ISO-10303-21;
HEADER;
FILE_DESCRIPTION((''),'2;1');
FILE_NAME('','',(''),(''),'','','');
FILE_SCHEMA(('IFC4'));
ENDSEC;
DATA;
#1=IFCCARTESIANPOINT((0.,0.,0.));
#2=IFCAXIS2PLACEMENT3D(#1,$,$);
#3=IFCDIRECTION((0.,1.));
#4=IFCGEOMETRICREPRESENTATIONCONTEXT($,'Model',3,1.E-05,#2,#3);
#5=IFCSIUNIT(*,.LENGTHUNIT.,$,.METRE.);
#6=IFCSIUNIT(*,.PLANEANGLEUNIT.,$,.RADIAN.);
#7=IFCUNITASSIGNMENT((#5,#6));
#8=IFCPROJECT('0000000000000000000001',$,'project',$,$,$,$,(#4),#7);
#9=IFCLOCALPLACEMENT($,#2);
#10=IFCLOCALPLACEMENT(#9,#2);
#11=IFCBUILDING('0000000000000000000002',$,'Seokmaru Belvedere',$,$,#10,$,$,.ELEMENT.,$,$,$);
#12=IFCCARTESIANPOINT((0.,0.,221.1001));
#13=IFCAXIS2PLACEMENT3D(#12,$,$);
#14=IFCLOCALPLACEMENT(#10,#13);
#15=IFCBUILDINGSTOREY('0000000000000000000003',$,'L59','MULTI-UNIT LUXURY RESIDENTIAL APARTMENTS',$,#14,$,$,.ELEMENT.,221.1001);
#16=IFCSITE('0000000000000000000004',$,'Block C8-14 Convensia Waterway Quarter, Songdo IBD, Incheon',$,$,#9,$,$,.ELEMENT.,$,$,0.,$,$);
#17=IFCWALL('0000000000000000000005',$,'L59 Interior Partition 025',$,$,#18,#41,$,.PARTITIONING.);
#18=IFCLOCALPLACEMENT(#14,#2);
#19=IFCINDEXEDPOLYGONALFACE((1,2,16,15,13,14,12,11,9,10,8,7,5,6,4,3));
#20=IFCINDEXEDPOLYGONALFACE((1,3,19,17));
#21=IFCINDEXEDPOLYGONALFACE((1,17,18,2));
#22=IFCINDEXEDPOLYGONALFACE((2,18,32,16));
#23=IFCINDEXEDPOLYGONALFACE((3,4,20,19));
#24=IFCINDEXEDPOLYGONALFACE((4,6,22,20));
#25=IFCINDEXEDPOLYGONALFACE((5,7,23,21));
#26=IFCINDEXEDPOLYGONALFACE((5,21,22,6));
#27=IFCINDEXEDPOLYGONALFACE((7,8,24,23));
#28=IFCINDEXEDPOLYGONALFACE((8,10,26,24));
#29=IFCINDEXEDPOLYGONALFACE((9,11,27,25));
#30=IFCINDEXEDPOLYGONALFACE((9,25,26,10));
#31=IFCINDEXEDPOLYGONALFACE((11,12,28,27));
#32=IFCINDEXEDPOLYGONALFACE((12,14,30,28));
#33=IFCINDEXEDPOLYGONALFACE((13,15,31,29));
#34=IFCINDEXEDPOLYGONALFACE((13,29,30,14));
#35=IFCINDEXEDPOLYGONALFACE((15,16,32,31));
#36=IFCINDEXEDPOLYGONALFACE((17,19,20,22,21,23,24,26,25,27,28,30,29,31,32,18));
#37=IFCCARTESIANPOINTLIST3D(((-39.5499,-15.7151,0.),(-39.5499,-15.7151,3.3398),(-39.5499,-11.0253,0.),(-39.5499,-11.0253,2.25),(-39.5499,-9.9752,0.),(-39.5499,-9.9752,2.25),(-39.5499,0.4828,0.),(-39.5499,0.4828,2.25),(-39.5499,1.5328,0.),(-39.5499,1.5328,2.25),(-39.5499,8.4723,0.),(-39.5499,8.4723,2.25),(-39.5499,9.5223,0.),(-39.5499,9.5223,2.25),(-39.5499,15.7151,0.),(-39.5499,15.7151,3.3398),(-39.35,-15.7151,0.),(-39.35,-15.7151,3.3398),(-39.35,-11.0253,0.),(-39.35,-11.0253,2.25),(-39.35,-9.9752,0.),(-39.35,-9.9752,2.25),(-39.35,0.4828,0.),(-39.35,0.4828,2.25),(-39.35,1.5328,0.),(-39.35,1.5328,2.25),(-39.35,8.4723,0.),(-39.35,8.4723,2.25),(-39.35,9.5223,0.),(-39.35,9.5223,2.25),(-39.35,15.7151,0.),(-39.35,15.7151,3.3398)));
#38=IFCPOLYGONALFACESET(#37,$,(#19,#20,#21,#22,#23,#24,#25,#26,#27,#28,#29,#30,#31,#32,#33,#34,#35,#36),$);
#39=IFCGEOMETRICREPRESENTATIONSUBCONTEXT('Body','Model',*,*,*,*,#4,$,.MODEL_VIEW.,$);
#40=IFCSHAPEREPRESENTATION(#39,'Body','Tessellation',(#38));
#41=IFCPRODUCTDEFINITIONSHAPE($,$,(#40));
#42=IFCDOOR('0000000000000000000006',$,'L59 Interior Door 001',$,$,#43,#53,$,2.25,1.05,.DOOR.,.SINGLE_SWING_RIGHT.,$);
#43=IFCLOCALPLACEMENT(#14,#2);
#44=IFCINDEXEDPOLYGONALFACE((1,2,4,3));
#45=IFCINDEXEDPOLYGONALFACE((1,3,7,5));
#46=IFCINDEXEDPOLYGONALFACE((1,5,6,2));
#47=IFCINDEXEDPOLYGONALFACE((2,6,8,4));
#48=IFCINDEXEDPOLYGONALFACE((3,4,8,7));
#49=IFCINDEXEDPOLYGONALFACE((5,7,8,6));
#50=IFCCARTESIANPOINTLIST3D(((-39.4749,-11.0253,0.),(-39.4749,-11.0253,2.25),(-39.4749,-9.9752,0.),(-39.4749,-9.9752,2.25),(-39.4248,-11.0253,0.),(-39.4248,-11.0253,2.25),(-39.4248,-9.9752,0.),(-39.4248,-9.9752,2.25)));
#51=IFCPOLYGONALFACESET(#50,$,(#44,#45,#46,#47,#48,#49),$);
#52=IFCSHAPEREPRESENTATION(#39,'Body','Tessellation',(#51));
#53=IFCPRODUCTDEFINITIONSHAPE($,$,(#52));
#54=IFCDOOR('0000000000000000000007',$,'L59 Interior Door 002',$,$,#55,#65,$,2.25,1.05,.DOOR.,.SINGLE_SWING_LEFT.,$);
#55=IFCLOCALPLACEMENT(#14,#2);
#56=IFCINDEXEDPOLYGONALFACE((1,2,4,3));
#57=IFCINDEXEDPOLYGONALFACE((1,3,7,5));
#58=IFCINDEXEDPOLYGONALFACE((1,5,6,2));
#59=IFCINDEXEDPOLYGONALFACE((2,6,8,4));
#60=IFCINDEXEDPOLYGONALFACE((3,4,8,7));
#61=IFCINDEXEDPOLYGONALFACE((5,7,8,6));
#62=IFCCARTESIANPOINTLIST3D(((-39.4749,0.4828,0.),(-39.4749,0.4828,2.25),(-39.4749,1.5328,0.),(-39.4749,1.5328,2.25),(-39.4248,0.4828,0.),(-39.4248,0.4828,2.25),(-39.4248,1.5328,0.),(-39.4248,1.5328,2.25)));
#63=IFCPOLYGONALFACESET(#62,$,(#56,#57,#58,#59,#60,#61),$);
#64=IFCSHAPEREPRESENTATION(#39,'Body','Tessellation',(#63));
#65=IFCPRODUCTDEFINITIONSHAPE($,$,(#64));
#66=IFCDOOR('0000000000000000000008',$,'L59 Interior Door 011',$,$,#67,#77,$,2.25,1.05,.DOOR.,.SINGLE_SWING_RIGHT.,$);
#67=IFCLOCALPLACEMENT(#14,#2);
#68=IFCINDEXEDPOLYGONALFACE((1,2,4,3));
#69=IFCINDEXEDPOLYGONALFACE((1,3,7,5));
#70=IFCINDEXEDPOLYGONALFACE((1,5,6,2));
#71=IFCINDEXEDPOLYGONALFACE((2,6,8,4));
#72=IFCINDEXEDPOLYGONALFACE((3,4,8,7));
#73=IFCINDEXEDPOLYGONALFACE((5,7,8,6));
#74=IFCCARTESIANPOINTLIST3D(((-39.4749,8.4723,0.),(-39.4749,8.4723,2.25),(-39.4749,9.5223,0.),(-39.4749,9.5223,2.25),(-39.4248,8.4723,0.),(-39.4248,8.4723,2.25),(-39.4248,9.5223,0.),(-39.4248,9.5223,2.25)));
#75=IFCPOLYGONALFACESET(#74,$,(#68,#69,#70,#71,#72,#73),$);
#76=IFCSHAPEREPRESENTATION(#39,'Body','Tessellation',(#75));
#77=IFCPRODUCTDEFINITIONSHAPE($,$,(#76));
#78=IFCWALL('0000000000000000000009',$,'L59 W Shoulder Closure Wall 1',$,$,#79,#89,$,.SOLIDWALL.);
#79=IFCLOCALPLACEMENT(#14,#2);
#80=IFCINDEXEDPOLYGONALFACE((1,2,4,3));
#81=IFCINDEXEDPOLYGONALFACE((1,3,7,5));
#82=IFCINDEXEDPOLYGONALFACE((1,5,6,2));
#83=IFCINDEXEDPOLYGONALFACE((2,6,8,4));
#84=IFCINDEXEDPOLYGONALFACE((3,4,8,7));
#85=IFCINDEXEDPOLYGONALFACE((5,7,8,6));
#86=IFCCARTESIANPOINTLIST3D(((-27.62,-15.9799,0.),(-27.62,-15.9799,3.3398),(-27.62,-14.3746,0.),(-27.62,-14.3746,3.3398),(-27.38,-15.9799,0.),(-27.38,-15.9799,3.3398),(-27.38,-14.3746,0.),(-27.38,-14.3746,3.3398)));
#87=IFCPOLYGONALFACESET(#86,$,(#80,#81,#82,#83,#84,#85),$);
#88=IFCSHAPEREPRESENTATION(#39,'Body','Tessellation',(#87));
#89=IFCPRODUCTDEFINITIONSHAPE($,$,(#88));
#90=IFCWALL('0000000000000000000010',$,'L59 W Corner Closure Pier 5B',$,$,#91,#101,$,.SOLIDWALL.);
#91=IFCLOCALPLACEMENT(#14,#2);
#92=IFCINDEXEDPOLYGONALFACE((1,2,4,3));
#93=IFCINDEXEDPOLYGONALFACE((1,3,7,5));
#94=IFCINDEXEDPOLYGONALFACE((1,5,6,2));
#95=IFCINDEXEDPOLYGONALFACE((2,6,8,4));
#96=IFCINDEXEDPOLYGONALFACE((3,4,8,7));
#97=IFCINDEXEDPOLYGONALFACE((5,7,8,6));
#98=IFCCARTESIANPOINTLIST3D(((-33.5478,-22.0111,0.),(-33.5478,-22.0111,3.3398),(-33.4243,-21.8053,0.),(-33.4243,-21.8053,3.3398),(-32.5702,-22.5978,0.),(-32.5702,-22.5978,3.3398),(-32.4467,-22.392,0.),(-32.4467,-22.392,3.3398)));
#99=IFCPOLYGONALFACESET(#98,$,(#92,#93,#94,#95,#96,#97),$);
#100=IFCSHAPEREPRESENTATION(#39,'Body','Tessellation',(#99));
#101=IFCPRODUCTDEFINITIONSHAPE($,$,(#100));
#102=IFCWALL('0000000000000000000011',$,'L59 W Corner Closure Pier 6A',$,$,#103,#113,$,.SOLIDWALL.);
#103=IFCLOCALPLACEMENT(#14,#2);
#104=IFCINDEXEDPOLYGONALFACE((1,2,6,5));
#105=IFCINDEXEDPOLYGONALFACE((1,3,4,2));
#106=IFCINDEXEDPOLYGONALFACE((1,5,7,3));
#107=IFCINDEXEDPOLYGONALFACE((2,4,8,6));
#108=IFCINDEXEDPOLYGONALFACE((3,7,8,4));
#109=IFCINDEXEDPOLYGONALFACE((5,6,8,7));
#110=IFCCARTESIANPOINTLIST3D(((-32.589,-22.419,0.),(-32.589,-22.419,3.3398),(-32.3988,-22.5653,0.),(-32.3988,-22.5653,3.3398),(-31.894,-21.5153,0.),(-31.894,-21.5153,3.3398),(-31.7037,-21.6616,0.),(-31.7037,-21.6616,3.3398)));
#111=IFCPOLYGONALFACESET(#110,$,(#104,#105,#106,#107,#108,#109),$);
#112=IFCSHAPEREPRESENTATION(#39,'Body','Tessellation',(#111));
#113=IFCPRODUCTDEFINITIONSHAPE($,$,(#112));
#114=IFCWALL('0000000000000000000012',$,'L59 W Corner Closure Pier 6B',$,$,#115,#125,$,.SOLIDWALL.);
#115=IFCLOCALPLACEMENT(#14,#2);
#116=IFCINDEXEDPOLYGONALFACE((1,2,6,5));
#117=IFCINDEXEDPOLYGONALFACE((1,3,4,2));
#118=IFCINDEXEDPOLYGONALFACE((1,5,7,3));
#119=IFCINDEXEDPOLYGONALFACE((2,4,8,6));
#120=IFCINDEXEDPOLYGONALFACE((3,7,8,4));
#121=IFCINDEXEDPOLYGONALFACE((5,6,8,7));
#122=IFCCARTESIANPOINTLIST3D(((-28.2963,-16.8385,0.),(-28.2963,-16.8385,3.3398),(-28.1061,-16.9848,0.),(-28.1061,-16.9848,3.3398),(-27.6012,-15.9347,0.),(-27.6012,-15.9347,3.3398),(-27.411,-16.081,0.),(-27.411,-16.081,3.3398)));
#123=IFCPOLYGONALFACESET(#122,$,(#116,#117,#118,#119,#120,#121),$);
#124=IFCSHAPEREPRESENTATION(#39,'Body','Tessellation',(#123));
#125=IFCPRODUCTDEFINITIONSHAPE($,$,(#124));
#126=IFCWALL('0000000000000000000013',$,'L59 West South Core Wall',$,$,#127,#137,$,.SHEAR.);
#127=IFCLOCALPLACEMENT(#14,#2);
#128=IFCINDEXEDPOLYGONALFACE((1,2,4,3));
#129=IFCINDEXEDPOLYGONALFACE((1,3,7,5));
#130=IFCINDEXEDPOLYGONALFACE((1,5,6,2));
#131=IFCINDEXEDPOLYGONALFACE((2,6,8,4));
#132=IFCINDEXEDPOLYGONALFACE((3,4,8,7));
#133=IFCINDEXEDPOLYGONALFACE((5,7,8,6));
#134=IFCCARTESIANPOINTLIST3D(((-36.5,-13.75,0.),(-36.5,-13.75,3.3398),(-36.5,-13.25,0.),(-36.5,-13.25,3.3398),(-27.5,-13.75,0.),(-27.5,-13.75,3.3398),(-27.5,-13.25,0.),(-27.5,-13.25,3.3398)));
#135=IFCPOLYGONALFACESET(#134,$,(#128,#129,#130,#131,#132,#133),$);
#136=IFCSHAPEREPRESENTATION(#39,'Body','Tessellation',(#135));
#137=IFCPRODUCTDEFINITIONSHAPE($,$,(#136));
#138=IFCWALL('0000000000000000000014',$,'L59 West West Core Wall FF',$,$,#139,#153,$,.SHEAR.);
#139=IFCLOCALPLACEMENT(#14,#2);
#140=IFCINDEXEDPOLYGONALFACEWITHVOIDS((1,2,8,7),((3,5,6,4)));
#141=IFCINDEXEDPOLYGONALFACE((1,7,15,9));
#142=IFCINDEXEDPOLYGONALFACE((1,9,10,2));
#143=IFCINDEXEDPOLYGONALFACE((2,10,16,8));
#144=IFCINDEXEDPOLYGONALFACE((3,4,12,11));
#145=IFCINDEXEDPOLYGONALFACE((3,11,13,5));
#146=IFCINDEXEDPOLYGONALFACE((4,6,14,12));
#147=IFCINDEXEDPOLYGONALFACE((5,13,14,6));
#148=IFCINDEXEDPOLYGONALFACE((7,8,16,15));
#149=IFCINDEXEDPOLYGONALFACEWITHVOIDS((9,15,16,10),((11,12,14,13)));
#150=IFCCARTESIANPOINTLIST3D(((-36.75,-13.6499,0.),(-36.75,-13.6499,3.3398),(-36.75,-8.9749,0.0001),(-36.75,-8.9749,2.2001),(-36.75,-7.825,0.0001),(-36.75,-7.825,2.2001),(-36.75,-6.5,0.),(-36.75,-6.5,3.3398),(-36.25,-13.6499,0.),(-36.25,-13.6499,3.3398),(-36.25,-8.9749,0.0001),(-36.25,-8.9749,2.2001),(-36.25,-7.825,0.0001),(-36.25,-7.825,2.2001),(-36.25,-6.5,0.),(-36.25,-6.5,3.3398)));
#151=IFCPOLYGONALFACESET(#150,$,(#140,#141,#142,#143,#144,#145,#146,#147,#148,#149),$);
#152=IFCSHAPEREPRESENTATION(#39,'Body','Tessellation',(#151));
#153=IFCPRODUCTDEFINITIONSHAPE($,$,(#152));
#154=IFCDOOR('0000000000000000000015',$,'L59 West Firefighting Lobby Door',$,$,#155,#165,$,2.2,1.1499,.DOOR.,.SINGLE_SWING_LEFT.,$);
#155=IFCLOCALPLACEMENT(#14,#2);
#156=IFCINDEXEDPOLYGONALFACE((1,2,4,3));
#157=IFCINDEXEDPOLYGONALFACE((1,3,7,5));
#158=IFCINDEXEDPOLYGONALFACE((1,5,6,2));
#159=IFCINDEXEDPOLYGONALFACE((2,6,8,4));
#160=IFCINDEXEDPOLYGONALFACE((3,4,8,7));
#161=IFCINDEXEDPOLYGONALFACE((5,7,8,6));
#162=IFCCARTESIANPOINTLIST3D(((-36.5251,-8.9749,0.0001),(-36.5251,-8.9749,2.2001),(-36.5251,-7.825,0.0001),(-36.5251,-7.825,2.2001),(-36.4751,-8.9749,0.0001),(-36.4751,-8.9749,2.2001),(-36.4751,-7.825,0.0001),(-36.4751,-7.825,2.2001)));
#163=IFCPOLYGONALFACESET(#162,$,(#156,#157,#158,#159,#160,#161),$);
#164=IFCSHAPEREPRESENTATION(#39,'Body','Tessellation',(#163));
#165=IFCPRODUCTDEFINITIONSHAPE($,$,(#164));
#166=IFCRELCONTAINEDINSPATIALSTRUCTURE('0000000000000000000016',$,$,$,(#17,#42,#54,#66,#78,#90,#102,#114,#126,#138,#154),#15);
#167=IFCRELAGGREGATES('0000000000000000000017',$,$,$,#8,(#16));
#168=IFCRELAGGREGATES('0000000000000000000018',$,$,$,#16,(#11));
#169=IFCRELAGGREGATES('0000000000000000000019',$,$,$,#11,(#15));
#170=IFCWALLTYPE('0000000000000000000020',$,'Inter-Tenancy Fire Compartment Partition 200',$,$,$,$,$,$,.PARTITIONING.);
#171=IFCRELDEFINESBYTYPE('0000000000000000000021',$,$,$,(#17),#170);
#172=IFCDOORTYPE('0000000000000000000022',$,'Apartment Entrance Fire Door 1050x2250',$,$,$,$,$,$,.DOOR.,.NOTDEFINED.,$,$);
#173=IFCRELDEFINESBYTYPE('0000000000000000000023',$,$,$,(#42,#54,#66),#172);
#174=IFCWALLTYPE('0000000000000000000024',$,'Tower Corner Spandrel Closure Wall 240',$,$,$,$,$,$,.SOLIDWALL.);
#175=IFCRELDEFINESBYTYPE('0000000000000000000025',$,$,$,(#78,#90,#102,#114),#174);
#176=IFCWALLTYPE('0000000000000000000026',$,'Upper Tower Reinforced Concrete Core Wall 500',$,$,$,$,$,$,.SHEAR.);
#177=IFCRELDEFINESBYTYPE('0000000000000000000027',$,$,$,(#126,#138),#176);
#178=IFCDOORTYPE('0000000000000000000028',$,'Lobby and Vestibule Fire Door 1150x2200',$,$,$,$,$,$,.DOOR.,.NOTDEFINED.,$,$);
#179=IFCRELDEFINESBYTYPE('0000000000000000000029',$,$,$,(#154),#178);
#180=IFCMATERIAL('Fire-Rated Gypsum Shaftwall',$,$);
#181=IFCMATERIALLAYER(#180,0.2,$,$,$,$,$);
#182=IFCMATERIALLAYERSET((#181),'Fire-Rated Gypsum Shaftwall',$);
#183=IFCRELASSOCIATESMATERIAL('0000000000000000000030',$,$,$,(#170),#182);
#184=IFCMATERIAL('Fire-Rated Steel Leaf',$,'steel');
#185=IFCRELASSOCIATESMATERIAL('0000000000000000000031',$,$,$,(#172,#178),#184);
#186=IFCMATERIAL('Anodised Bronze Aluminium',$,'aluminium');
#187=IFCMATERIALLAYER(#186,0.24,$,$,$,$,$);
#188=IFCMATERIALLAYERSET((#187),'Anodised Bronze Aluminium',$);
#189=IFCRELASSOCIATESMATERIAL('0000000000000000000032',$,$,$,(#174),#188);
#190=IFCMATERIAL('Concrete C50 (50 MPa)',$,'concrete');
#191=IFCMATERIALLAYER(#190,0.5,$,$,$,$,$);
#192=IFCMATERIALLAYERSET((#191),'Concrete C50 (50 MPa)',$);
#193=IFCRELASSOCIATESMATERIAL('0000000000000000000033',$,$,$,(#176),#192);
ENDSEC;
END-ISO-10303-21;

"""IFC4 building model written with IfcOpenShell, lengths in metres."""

from ifc_helpers import new_model, si_unit, direction, frame, frame_2d, origin, place, context, subcontext, project, spatial, rectangle, extrude, source, transform, mapped, material, layer, layer_set, type_object, type_shapes, element, fill, save


model = new_model("IFC4")

# Units and contexts
model_context = context("Model", 3, precision=1e-05, world=origin(), true_north=direction((0.0, 1.0)))
body_context = subcontext(model_context, "Body", "Model", "MODEL_VIEW")
ifc_project = project(units=[si_unit("LENGTHUNIT", "METRE"), si_unit("PLANEANGLEUNIT", "RADIAN")], contexts=[model_context])

# Site, building, storey
site_placement = place(None, origin())
site = spatial("IfcSite", under=ifc_project, at=site_placement, Name="Block C8-14 Convensia Waterway Quarter, Songdo IBD, Incheon", CompositionType="ELEMENT", RefElevation=0.0)
building_placement = place(site_placement, origin())
building = spatial("IfcBuilding", under=site, at=building_placement, Name="Seokmaru Belvedere", CompositionType="ELEMENT")
storey_placement = place(building_placement, frame((0.0, 0.0, 221.1001)))
storey = spatial("IfcBuildingStorey", under=building, at=storey_placement, Name="L59", Description="MULTI-UNIT LUXURY RESIDENTIAL APARTMENTS", CompositionType="ELEMENT", Elevation=221.1001)

# Shared definitions
ifc_material_1 = material(Name="Anodised Bronze Aluminium", Category="aluminium")

# Shared definitions
ifc_material_2 = material(Name="Fire-Rated Gypsum Shaftwall")
ifc_layer_1 = layer(ifc_material_2, 0.2)
ifc_layer_set_1 = layer_set([ifc_layer_1], Name="Fire-Rated Gypsum Shaftwall")
wall_type_1 = type_object("IfcWallType", Name="Inter-Tenancy Fire Compartment Partition 200", PredefinedType="PARTITIONING", material=ifc_layer_set_1)

# Wall, openings, doors
wall_1_placement = place(storey_placement, frame((-39.45, -15.7151, 0.0), z_axis=(0.0, 0.0, 1.0), x_axis=(0.0, 1.0, 0.0)))
wall_1 = element("IfcWall", 1, at=wall_1_placement, inside=storey, type_object=wall_type_1, Name="L59 Interior Partition 025", PredefinedType="PARTITIONING", context=body_context, shape_type="SweptSolid", body=[
    extrude(rectangle(XDim=31.4302, YDim=0.2, at=frame_2d((15.7151, 0.0))), origin(), (0.0, 0.0, 1.0), 3.3398),
])
opening_1_placement = place(wall_1_placement, frame((4.6899, 0.0, 0.0)))
opening_1 = element("IfcOpeningElement", 2, at=opening_1_placement, cuts=wall_1, PredefinedType="OPENING", context=body_context, shape_type="SweptSolid", body=[
    extrude(rectangle(XDim=1.05, YDim=2.25, at=frame_2d((0.5249, 1.125))), frame((0.0, 0.1099, 0.0), z_axis=(0.0, -1.0, 0.0), x_axis=(1.0, 0.0, 0.0)), (0.0, 0.0, 1.0), 0.22),
])
opening_2_placement = place(wall_1_placement, frame((16.198, 0.0, 0.0)))
opening_2 = element("IfcOpeningElement", 3, at=opening_2_placement, cuts=wall_1, PredefinedType="OPENING", context=body_context, shape_type="SweptSolid", body=[
    extrude(rectangle(XDim=1.05, YDim=2.25, at=frame_2d((0.5249, 1.125))), frame((0.0, 0.1099, 0.0), z_axis=(0.0, -1.0, 0.0), x_axis=(1.0, 0.0, 0.0)), (0.0, 0.0, 1.0), 0.22),
])
opening_3_placement = place(wall_1_placement, frame((24.1875, 0.0, 0.0)))
opening_3 = element("IfcOpeningElement", 4, at=opening_3_placement, cuts=wall_1, PredefinedType="OPENING", context=body_context, shape_type="SweptSolid", body=[
    extrude(rectangle(XDim=1.05, YDim=2.25, at=frame_2d((0.5249, 1.125))), frame((0.0, 0.1099, 0.0), z_axis=(0.0, -1.0, 0.0), x_axis=(1.0, 0.0, 0.0)), (0.0, 0.0, 1.0), 0.22),
])
ifc_material_3 = material(Name="Fire-Rated Steel Leaf", Category="steel")
door_type_1 = type_object("IfcDoorType", Name="Apartment Entrance Fire Door 1050x2250", OperationType="NOTDEFINED", PredefinedType="DOOR", material=ifc_material_3)
shared_shape_1 = source(origin(), body_context, "Body", "SweptSolid", [
    extrude(rectangle(XDim=1.05, YDim=2.25, at=frame_2d((0.5249, 1.125))), frame((0.0, 0.0249, 0.0), z_axis=(0.0, -1.0, 0.0), x_axis=(1.0, 0.0, 0.0)), (0.0, 0.0, 1.0), 0.05),
])
type_shapes(door_type_1, [shared_shape_1])
door_1_placement = place(opening_1_placement, origin())
door_1 = element("IfcDoor", 5, at=door_1_placement, inside=storey, type_object=door_type_1, Name="L59 Interior Door 001", OperationType="SINGLE_SWING_RIGHT", OverallHeight=2.25, OverallWidth=1.05, PredefinedType="DOOR", context=body_context, shape_type="MappedRepresentation", body=[
    mapped(shared_shape_1, transform((0.0, 0.0, 0.0), scale=1.0)),
])
fill(opening_1, door_1)
door_2_placement = place(opening_2_placement, origin())
door_2 = element("IfcDoor", 6, at=door_2_placement, inside=storey, type_object=door_type_1, Name="L59 Interior Door 002", OperationType="SINGLE_SWING_LEFT", OverallHeight=2.25, OverallWidth=1.05, PredefinedType="DOOR", context=body_context, shape_type="MappedRepresentation", body=[
    mapped(shared_shape_1, transform((0.0, 0.0, 0.0), scale=1.0)),
])
fill(opening_2, door_2)
door_3_placement = place(opening_3_placement, origin())
door_3 = element("IfcDoor", 7, at=door_3_placement, inside=storey, type_object=door_type_1, Name="L59 Interior Door 011", OperationType="SINGLE_SWING_RIGHT", OverallHeight=2.25, OverallWidth=1.05, PredefinedType="DOOR", context=body_context, shape_type="MappedRepresentation", body=[
    mapped(shared_shape_1, transform((0.0, 0.0, 0.0), scale=1.0)),
])
fill(opening_3, door_3)

# Walls
ifc_layer_2 = layer(ifc_material_1, 0.24)
ifc_layer_set_2 = layer_set([ifc_layer_2], Name="Anodised Bronze Aluminium")
wall_type_2 = type_object("IfcWallType", Name="Tower Corner Spandrel Closure Wall 240", PredefinedType="SOLIDWALL", material=ifc_layer_set_2)
wall_2_placement = place(storey_placement, frame((-27.5, -15.98, 0.0), z_axis=(0.0, 0.0, 1.0), x_axis=(0.0, 1.0, 0.0)))
element("IfcWall", 8, at=wall_2_placement, inside=storey, type_object=wall_type_2, Name="L59 W Shoulder Closure Wall 1", PredefinedType="SOLIDWALL", context=body_context, shape_type="SweptSolid", body=[
    extrude(rectangle(XDim=1.6052, YDim=0.24, at=frame_2d((0.8027, 0.0))), origin(), (0.0, 0.0, 1.0), 3.3398),
])
for number, where, z_axis, x_axis, name in (
    (9, (-33.4861, -21.9082, 0.0), (0.0, 0.0, 1.0), (0.857436, -0.51459, 0.0), "L59 W Corner Closure Pier 5B"),
    (10, (-32.4939, -22.4922, 0.0), (0.0, 0.0, 1.0), (0.609618, 0.792696, 0.0), "L59 W Corner Closure Pier 6A"),
    (11, (-28.2012, -16.9116, 0.0), (0.0, 0.0, 1.0), (0.609618, 0.792696, 0.0), "L59 W Corner Closure Pier 6B"),
):
    element("IfcWall", number, at=place(storey_placement, frame(where, z_axis=z_axis, x_axis=x_axis)), inside=storey, type_object=wall_type_2, Name=name, PredefinedType="SOLIDWALL", context=body_context, shape_type="SweptSolid", body=[
        extrude(rectangle(XDim=1.1401, YDim=0.24, at=frame_2d((0.5701, 0.0))), origin(), (0.0, 0.0, 1.0), 3.3398),
    ])
ifc_material_4 = material(Name="Concrete C50 (50 MPa)", Category="concrete")
ifc_layer_3 = layer(ifc_material_4, 0.5)
ifc_layer_set_3 = layer_set([ifc_layer_3], Name="Concrete C50 (50 MPa)")
wall_type_3 = type_object("IfcWallType", Name="Upper Tower Reinforced Concrete Core Wall 500", PredefinedType="SHEAR", material=ifc_layer_set_3)
wall_3_placement = place(storey_placement, frame((-36.5, -13.5, 0.0), z_axis=(0.0, 0.0, 1.0), x_axis=(1.0, 0.0, 0.0)))
element("IfcWall", 12, at=wall_3_placement, inside=storey, type_object=wall_type_3, Name="L59 West South Core Wall", PredefinedType="SHEAR", context=body_context, shape_type="SweptSolid", body=[
    extrude(rectangle(XDim=9.0, YDim=0.5, at=frame_2d((4.5, 0.0))), origin(), (0.0, 0.0, 1.0), 3.3398),
])

# Wall, opening, door
wall_4_placement = place(storey_placement, frame((-36.5, -13.6499, 0.0), z_axis=(0.0, 0.0, 1.0), x_axis=(0.0, 1.0, 0.0)))
wall_4 = element("IfcWall", 13, at=wall_4_placement, inside=storey, type_object=wall_type_3, Name="L59 West West Core Wall FF", PredefinedType="SHEAR", context=body_context, shape_type="SweptSolid", body=[
    extrude(rectangle(XDim=7.1499, YDim=0.5, at=frame_2d((3.575, 0.0))), origin(), (0.0, 0.0, 1.0), 3.3398),
])
opening_4_placement = place(wall_4_placement, frame((4.675, 0.0, 0.0)))
opening_4 = element("IfcOpeningElement", 14, at=opening_4_placement, cuts=wall_4, PredefinedType="OPENING", context=body_context, shape_type="SweptSolid", body=[
    extrude(rectangle(XDim=1.1499, YDim=2.2, at=frame_2d((0.575, 1.1001))), frame((0.0, 0.26, 0.0), z_axis=(0.0, -1.0, 0.0), x_axis=(1.0, 0.0, 0.0)), (0.0, 0.0, 1.0), 0.52),
])
door_type_2 = type_object("IfcDoorType", Name="Lobby and Vestibule Fire Door 1150x2200", OperationType="NOTDEFINED", PredefinedType="DOOR", material=ifc_material_3)
shared_shape_2 = source(origin(), body_context, "Body", "SweptSolid", [
    extrude(rectangle(XDim=1.1499, YDim=2.2, at=frame_2d((0.575, 1.1001))), frame((0.0, 0.0249, 0.0), z_axis=(0.0, -1.0, 0.0), x_axis=(1.0, 0.0, 0.0)), (0.0, 0.0, 1.0), 0.05),
])
type_shapes(door_type_2, [shared_shape_2])
door_4_placement = place(opening_4_placement, frame((1.1499, 0.0, 0.0), z_axis=(0.0, 0.0, 1.0), x_axis=(-1.0, 0.0, 0.0)))
door_4 = element("IfcDoor", 15, at=door_4_placement, inside=storey, type_object=door_type_2, Name="L59 West Firefighting Lobby Door", OperationType="SINGLE_SWING_LEFT", OverallHeight=2.2, OverallWidth=1.1499, PredefinedType="DOOR", context=body_context, shape_type="MappedRepresentation", body=[
    mapped(shared_shape_2, transform((0.0, 0.0, 0.0), scale=1.0)),
])
fill(opening_4, door_4)

save(model, "model.ifc")
